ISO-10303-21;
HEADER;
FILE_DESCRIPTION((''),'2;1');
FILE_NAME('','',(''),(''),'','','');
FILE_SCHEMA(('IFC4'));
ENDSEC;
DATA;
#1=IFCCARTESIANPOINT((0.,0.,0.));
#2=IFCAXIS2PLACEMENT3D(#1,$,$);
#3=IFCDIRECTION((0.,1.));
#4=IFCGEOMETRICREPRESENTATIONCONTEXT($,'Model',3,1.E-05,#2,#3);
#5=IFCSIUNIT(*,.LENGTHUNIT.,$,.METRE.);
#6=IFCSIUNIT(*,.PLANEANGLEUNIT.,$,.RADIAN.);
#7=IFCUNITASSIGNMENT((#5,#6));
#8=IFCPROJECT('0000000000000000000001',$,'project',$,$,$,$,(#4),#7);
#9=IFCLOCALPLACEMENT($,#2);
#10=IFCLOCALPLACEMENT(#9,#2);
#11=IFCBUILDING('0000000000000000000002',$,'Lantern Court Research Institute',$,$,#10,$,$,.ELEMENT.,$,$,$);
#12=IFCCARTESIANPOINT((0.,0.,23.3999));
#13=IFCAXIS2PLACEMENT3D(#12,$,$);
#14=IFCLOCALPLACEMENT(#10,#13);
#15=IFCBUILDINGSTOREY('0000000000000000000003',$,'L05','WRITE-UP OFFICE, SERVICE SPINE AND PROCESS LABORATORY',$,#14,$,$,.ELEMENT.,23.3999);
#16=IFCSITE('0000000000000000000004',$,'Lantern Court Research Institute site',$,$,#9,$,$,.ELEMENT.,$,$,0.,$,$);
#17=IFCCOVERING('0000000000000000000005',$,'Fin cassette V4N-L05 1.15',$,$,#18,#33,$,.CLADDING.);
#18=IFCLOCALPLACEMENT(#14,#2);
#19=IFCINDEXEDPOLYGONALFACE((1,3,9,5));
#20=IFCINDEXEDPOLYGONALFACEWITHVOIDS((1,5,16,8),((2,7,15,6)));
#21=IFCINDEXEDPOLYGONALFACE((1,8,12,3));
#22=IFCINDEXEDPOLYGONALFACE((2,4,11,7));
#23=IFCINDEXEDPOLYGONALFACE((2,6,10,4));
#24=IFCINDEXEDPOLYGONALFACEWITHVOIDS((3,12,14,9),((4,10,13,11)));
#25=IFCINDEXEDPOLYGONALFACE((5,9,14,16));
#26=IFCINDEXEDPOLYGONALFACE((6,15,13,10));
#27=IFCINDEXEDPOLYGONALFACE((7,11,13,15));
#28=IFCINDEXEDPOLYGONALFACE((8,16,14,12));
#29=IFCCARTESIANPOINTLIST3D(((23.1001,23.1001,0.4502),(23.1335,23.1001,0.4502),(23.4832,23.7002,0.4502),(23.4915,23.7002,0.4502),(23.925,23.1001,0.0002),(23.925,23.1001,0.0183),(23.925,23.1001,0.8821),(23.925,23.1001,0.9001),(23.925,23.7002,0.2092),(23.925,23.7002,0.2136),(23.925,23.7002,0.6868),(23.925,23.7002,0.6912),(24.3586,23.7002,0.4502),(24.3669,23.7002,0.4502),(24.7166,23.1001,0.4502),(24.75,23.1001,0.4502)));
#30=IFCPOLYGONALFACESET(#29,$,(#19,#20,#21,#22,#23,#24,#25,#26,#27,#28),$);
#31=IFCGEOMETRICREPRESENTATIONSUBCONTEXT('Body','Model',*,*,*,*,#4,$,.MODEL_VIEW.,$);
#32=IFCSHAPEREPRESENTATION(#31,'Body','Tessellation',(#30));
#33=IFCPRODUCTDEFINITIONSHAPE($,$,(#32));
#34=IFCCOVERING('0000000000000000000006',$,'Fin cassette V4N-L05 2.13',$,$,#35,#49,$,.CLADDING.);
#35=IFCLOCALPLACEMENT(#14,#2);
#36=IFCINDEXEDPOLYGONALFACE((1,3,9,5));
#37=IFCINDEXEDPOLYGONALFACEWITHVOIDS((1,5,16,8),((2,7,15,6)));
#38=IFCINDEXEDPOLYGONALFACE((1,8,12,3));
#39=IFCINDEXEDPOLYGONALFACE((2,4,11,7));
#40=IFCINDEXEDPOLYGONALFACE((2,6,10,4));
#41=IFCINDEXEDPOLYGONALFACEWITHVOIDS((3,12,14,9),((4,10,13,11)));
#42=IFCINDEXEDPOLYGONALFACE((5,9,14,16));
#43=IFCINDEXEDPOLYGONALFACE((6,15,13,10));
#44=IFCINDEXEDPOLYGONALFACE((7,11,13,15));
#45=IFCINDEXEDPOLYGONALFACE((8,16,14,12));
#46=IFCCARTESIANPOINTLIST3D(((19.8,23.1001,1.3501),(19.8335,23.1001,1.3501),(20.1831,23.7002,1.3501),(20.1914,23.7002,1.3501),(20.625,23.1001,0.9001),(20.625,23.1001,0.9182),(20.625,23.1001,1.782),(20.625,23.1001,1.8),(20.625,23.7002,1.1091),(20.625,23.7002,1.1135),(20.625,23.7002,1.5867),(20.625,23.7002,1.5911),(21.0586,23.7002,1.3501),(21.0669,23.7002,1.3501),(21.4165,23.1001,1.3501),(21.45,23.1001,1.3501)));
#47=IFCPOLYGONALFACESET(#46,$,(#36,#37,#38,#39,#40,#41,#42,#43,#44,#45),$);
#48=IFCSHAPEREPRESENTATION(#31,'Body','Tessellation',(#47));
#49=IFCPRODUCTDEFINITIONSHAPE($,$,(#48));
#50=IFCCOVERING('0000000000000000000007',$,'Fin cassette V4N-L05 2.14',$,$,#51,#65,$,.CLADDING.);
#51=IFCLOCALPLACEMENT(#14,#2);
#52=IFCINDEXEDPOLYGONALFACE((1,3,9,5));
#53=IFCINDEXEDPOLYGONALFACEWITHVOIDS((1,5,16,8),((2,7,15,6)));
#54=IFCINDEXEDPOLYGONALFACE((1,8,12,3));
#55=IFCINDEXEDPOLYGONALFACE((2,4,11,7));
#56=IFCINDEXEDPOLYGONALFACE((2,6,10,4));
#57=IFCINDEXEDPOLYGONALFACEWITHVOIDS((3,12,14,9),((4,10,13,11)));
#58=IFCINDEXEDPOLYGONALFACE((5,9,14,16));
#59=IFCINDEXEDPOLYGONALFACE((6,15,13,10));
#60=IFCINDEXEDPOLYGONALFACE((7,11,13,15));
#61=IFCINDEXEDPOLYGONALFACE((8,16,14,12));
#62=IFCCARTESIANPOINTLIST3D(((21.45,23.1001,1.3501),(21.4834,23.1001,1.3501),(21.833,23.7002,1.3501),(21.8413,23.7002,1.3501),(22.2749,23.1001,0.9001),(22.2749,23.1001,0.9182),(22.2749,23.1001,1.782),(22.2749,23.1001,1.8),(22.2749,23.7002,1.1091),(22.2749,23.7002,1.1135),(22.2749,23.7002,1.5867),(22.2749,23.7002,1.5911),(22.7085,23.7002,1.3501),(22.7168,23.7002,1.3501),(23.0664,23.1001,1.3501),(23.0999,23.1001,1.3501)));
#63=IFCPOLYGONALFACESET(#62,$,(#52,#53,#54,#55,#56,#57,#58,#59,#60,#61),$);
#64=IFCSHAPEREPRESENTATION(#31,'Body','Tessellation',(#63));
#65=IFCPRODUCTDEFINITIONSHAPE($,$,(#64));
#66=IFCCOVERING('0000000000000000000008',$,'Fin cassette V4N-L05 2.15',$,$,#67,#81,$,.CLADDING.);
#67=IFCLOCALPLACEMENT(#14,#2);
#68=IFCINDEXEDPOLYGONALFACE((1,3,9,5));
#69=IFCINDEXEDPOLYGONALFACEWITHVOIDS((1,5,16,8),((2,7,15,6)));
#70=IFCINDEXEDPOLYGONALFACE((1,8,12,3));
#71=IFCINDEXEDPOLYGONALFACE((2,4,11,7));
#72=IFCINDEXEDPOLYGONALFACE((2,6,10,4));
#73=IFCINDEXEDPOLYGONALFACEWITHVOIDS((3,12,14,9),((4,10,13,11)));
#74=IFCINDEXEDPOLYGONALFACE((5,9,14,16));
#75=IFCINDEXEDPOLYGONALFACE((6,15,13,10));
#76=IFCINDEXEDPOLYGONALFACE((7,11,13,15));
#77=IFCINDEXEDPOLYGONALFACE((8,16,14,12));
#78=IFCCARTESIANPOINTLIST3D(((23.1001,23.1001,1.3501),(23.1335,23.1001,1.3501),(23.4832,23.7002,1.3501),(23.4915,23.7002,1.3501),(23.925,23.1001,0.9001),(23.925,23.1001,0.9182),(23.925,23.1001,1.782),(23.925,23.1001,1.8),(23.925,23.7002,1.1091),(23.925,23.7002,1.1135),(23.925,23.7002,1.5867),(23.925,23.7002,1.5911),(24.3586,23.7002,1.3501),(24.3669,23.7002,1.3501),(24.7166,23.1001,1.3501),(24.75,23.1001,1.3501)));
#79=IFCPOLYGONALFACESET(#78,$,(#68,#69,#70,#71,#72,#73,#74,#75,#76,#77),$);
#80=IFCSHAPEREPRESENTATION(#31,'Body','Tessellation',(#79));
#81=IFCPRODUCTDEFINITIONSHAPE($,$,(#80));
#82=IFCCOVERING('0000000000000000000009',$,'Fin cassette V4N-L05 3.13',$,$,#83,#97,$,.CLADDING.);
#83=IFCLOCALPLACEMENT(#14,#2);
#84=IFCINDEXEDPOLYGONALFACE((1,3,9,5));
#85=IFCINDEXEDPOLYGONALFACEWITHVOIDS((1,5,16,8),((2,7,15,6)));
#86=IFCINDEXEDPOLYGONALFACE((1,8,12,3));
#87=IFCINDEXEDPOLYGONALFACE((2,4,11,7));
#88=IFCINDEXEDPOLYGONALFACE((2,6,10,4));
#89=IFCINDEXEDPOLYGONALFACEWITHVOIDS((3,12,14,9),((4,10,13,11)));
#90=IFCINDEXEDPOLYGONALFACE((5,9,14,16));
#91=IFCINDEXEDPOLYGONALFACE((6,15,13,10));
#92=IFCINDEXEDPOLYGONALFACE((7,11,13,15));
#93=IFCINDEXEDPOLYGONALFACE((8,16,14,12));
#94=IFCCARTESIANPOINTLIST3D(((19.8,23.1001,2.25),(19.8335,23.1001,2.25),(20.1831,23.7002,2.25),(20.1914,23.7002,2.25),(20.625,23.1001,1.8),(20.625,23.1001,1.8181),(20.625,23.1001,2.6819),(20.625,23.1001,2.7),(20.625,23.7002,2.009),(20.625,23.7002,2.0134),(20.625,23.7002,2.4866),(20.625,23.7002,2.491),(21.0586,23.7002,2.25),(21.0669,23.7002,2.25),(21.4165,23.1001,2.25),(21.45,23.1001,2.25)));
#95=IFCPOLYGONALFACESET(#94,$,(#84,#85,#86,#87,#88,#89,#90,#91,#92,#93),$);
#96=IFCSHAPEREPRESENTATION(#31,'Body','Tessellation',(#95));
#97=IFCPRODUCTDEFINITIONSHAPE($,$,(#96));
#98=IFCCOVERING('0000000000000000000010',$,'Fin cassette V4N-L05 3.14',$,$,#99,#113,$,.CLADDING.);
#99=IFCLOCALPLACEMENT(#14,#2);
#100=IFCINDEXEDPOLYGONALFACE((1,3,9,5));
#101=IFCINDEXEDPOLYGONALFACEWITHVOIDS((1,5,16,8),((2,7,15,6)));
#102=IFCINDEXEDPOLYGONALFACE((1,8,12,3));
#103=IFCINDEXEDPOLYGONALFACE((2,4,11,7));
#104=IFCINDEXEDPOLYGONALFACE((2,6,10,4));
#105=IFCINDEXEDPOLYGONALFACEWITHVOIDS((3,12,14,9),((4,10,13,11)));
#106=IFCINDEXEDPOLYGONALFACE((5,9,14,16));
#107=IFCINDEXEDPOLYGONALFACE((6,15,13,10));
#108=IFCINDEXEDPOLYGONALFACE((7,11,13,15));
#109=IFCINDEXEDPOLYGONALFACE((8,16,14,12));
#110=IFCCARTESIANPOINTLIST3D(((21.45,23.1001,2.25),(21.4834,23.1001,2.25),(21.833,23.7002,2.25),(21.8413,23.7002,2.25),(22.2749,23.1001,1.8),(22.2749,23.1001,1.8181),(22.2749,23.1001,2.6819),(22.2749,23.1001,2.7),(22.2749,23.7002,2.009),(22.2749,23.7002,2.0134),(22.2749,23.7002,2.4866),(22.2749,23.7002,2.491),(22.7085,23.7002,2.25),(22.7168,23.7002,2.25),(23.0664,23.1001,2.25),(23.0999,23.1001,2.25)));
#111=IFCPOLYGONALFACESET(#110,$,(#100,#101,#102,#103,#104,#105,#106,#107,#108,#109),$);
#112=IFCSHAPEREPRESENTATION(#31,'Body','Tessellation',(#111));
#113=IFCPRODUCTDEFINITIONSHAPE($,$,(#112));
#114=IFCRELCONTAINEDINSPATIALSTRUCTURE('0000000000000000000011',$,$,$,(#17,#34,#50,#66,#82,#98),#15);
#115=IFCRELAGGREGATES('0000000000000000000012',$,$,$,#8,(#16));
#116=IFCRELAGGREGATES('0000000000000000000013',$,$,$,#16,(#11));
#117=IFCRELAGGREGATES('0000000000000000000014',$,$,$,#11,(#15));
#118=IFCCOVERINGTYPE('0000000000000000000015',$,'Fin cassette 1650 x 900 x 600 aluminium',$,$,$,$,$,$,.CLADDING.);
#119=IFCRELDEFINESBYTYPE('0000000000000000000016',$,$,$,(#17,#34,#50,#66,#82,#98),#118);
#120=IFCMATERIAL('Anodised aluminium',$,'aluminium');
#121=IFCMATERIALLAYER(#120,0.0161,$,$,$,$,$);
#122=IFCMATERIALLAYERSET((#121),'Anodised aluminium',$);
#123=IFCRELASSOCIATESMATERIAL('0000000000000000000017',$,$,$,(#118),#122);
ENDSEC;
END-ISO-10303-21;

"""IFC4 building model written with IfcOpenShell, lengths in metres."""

from ifc_helpers import new_model, entity, si_unit, direction, frame, origin, place, context, subcontext, project, spatial, material, layer, layer_set, type_object, element, save


model = new_model("IFC4")

# Units and contexts
model_context = context("Model", 3, precision=1e-05, world=origin(), true_north=direction((0.0, 1.0)))
body_context = subcontext(model_context, "Body", "Model", "MODEL_VIEW")
ifc_project = project(units=[si_unit("LENGTHUNIT", "METRE"), si_unit("PLANEANGLEUNIT", "RADIAN")], contexts=[model_context])

# Site, building, storey
site_placement = place(None, origin())
site = spatial("IfcSite", under=ifc_project, at=site_placement, Name="Lantern Court Research Institute site", CompositionType="ELEMENT", RefElevation=0.0)
building_placement = place(site_placement, origin())
building = spatial("IfcBuilding", under=site, at=building_placement, Name="Lantern Court Research Institute", CompositionType="ELEMENT")
storey_placement = place(building_placement, frame((0.0, 0.0, 23.3999)))
storey = spatial("IfcBuildingStorey", under=building, at=storey_placement, Name="L05", Description="WRITE-UP OFFICE, SERVICE SPINE AND PROCESS LABORATORY", CompositionType="ELEMENT", Elevation=23.3999)

# Coverings
ifc_material_1 = material(Name="Anodised aluminium", Category="aluminium")
ifc_layer_1 = layer(ifc_material_1, 0.0161)
ifc_layer_set_1 = layer_set([ifc_layer_1], Name="Anodised aluminium")
covering_type = type_object("IfcCoveringType", Name="Fin cassette 1650 x 900 x 600 aluminium", PredefinedType="CLADDING", material=ifc_layer_set_1)
covering_1_placement = place(storey_placement, frame((23.925, 23.1001, 0.4502), z_axis=(0.0, 1.0, 0.0), x_axis=(-1.0, 0.0, 0.0)))
cartesian_point_1 = entity("IfcCartesianPoint", [0.825, 0.0])
cartesian_point_2 = entity("IfcCartesianPoint", [0.7915, 0.0])
cartesian_point_3 = entity("IfcCartesianPoint", [0.4419, 0.0])
cartesian_point_4 = entity("IfcCartesianPoint", [0.4336, 0.0])
element("IfcCovering", 1, at=covering_1_placement, inside=storey, type_object=covering_type, Name="Fin cassette V4N-L05 1.15", PredefinedType="CLADDING", context=body_context, shape_type="SweptSolid", body=[
    entity("IfcExtrudedAreaSolidTapered", entity("IfcArbitraryProfileDefWithVoids", "AREA", None, entity("IfcPolyline", [cartesian_point_1, entity("IfcCartesianPoint", [0.0, 0.45]), entity("IfcCartesianPoint", [-0.825, 0.0]), entity("IfcCartesianPoint", [0.0, -0.45]), cartesian_point_1]), [entity("IfcPolyline", [cartesian_point_2, entity("IfcCartesianPoint", [0.0, 0.4319]), entity("IfcCartesianPoint", [-0.7915, 0.0]), entity("IfcCartesianPoint", [0.0, -0.4319]), cartesian_point_2])]), entity("IfcAxis2Placement3D", entity("IfcCartesianPoint", [0.0, 0.0, 0.0])), entity("IfcDirection", [0.0, 0.0, 1.0]), 0.6001, entity("IfcArbitraryProfileDefWithVoids", "AREA", None, entity("IfcPolyline", [cartesian_point_3, entity("IfcCartesianPoint", [0.0, 0.241]), entity("IfcCartesianPoint", [-0.4419, 0.0]), entity("IfcCartesianPoint", [0.0, -0.241]), cartesian_point_3]), [entity("IfcPolyline", [cartesian_point_4, entity("IfcCartesianPoint", [0.0, 0.2366]), entity("IfcCartesianPoint", [-0.4336, 0.0]), entity("IfcCartesianPoint", [0.0, -0.2366]), cartesian_point_4])])),
])
covering_2_placement = place(storey_placement, frame((20.625, 23.1001, 1.3501), z_axis=(0.0, 1.0, 0.0), x_axis=(-1.0, 0.0, 0.0)))
cartesian_point_5 = entity("IfcCartesianPoint", [0.825, 0.0])
cartesian_point_6 = entity("IfcCartesianPoint", [0.7915, 0.0])
cartesian_point_7 = entity("IfcCartesianPoint", [0.4419, 0.0])
cartesian_point_8 = entity("IfcCartesianPoint", [0.4336, 0.0])
element("IfcCovering", 2, at=covering_2_placement, inside=storey, type_object=covering_type, Name="Fin cassette V4N-L05 2.13", PredefinedType="CLADDING", context=body_context, shape_type="SweptSolid", body=[
    entity("IfcExtrudedAreaSolidTapered", entity("IfcArbitraryProfileDefWithVoids", "AREA", None, entity("IfcPolyline", [cartesian_point_5, entity("IfcCartesianPoint", [0.0, 0.45]), entity("IfcCartesianPoint", [-0.825, 0.0]), entity("IfcCartesianPoint", [0.0, -0.45]), cartesian_point_5]), [entity("IfcPolyline", [cartesian_point_6, entity("IfcCartesianPoint", [0.0, 0.4319]), entity("IfcCartesianPoint", [-0.7915, 0.0]), entity("IfcCartesianPoint", [0.0, -0.4319]), cartesian_point_6])]), entity("IfcAxis2Placement3D", entity("IfcCartesianPoint", [0.0, 0.0, 0.0])), entity("IfcDirection", [0.0, 0.0, 1.0]), 0.6001, entity("IfcArbitraryProfileDefWithVoids", "AREA", None, entity("IfcPolyline", [cartesian_point_7, entity("IfcCartesianPoint", [0.0, 0.241]), entity("IfcCartesianPoint", [-0.4419, 0.0]), entity("IfcCartesianPoint", [0.0, -0.241]), cartesian_point_7]), [entity("IfcPolyline", [cartesian_point_8, entity("IfcCartesianPoint", [0.0, 0.2366]), entity("IfcCartesianPoint", [-0.4336, 0.0]), entity("IfcCartesianPoint", [0.0, -0.2366]), cartesian_point_8])])),
])
covering_3_placement = place(storey_placement, frame((22.2749, 23.1001, 1.3501), z_axis=(0.0, 1.0, 0.0), x_axis=(-1.0, 0.0, 0.0)))
cartesian_point_9 = entity("IfcCartesianPoint", [0.825, 0.0])
cartesian_point_10 = entity("IfcCartesianPoint", [0.7915, 0.0])
cartesian_point_11 = entity("IfcCartesianPoint", [0.4419, 0.0])
cartesian_point_12 = entity("IfcCartesianPoint", [0.4336, 0.0])
element("IfcCovering", 3, at=covering_3_placement, inside=storey, type_object=covering_type, Name="Fin cassette V4N-L05 2.14", PredefinedType="CLADDING", context=body_context, shape_type="SweptSolid", body=[
    entity("IfcExtrudedAreaSolidTapered", entity("IfcArbitraryProfileDefWithVoids", "AREA", None, entity("IfcPolyline", [cartesian_point_9, entity("IfcCartesianPoint", [0.0, 0.45]), entity("IfcCartesianPoint", [-0.825, 0.0]), entity("IfcCartesianPoint", [0.0, -0.45]), cartesian_point_9]), [entity("IfcPolyline", [cartesian_point_10, entity("IfcCartesianPoint", [0.0, 0.4319]), entity("IfcCartesianPoint", [-0.7915, 0.0]), entity("IfcCartesianPoint", [0.0, -0.4319]), cartesian_point_10])]), entity("IfcAxis2Placement3D", entity("IfcCartesianPoint", [0.0, 0.0, 0.0])), entity("IfcDirection", [0.0, 0.0, 1.0]), 0.6001, entity("IfcArbitraryProfileDefWithVoids", "AREA", None, entity("IfcPolyline", [cartesian_point_11, entity("IfcCartesianPoint", [0.0, 0.241]), entity("IfcCartesianPoint", [-0.4419, 0.0]), entity("IfcCartesianPoint", [0.0, -0.241]), cartesian_point_11]), [entity("IfcPolyline", [cartesian_point_12, entity("IfcCartesianPoint", [0.0, 0.2366]), entity("IfcCartesianPoint", [-0.4336, 0.0]), entity("IfcCartesianPoint", [0.0, -0.2366]), cartesian_point_12])])),
])
covering_4_placement = place(storey_placement, frame((23.925, 23.1001, 1.3501), z_axis=(0.0, 1.0, 0.0), x_axis=(-1.0, 0.0, 0.0)))
cartesian_point_13 = entity("IfcCartesianPoint", [0.825, 0.0])
cartesian_point_14 = entity("IfcCartesianPoint", [0.7915, 0.0])
cartesian_point_15 = entity("IfcCartesianPoint", [0.4419, 0.0])
cartesian_point_16 = entity("IfcCartesianPoint", [0.4336, 0.0])
element("IfcCovering", 4, at=covering_4_placement, inside=storey, type_object=covering_type, Name="Fin cassette V4N-L05 2.15", PredefinedType="CLADDING", context=body_context, shape_type="SweptSolid", body=[
    entity("IfcExtrudedAreaSolidTapered", entity("IfcArbitraryProfileDefWithVoids", "AREA", None, entity("IfcPolyline", [cartesian_point_13, entity("IfcCartesianPoint", [0.0, 0.45]), entity("IfcCartesianPoint", [-0.825, 0.0]), entity("IfcCartesianPoint", [0.0, -0.45]), cartesian_point_13]), [entity("IfcPolyline", [cartesian_point_14, entity("IfcCartesianPoint", [0.0, 0.4319]), entity("IfcCartesianPoint", [-0.7915, 0.0]), entity("IfcCartesianPoint", [0.0, -0.4319]), cartesian_point_14])]), entity("IfcAxis2Placement3D", entity("IfcCartesianPoint", [0.0, 0.0, 0.0])), entity("IfcDirection", [0.0, 0.0, 1.0]), 0.6001, entity("IfcArbitraryProfileDefWithVoids", "AREA", None, entity("IfcPolyline", [cartesian_point_15, entity("IfcCartesianPoint", [0.0, 0.241]), entity("IfcCartesianPoint", [-0.4419, 0.0]), entity("IfcCartesianPoint", [0.0, -0.241]), cartesian_point_15]), [entity("IfcPolyline", [cartesian_point_16, entity("IfcCartesianPoint", [0.0, 0.2366]), entity("IfcCartesianPoint", [-0.4336, 0.0]), entity("IfcCartesianPoint", [0.0, -0.2366]), cartesian_point_16])])),
])
covering_5_placement = place(storey_placement, frame((20.625, 23.1001, 2.25), z_axis=(0.0, 1.0, 0.0), x_axis=(-1.0, 0.0, 0.0)))
cartesian_point_17 = entity("IfcCartesianPoint", [0.825, 0.0])
cartesian_point_18 = entity("IfcCartesianPoint", [0.7915, 0.0])
cartesian_point_19 = entity("IfcCartesianPoint", [0.4419, 0.0])
cartesian_point_20 = entity("IfcCartesianPoint", [0.4336, 0.0])
element("IfcCovering", 5, at=covering_5_placement, inside=storey, type_object=covering_type, Name="Fin cassette V4N-L05 3.13", PredefinedType="CLADDING", context=body_context, shape_type="SweptSolid", body=[
    entity("IfcExtrudedAreaSolidTapered", entity("IfcArbitraryProfileDefWithVoids", "AREA", None, entity("IfcPolyline", [cartesian_point_17, entity("IfcCartesianPoint", [0.0, 0.45]), entity("IfcCartesianPoint", [-0.825, 0.0]), entity("IfcCartesianPoint", [0.0, -0.45]), cartesian_point_17]), [entity("IfcPolyline", [cartesian_point_18, entity("IfcCartesianPoint", [0.0, 0.4319]), entity("IfcCartesianPoint", [-0.7915, 0.0]), entity("IfcCartesianPoint", [0.0, -0.4319]), cartesian_point_18])]), entity("IfcAxis2Placement3D", entity("IfcCartesianPoint", [0.0, 0.0, 0.0])), entity("IfcDirection", [0.0, 0.0, 1.0]), 0.6001, entity("IfcArbitraryProfileDefWithVoids", "AREA", None, entity("IfcPolyline", [cartesian_point_19, entity("IfcCartesianPoint", [0.0, 0.241]), entity("IfcCartesianPoint", [-0.4419, 0.0]), entity("IfcCartesianPoint", [0.0, -0.241]), cartesian_point_19]), [entity("IfcPolyline", [cartesian_point_20, entity("IfcCartesianPoint", [0.0, 0.2366]), entity("IfcCartesianPoint", [-0.4336, 0.0]), entity("IfcCartesianPoint", [0.0, -0.2366]), cartesian_point_20])])),
])
covering_6_placement = place(storey_placement, frame((22.2749, 23.1001, 2.25), z_axis=(0.0, 1.0, 0.0), x_axis=(-1.0, 0.0, 0.0)))
cartesian_point_21 = entity("IfcCartesianPoint", [0.825, 0.0])
cartesian_point_22 = entity("IfcCartesianPoint", [0.7915, 0.0])
cartesian_point_23 = entity("IfcCartesianPoint", [0.4419, 0.0])
cartesian_point_24 = entity("IfcCartesianPoint", [0.4336, 0.0])
element("IfcCovering", 6, at=covering_6_placement, inside=storey, type_object=covering_type, Name="Fin cassette V4N-L05 3.14", PredefinedType="CLADDING", context=body_context, shape_type="SweptSolid", body=[
    entity("IfcExtrudedAreaSolidTapered", entity("IfcArbitraryProfileDefWithVoids", "AREA", None, entity("IfcPolyline", [cartesian_point_21, entity("IfcCartesianPoint", [0.0, 0.45]), entity("IfcCartesianPoint", [-0.825, 0.0]), entity("IfcCartesianPoint", [0.0, -0.45]), cartesian_point_21]), [entity("IfcPolyline", [cartesian_point_22, entity("IfcCartesianPoint", [0.0, 0.4319]), entity("IfcCartesianPoint", [-0.7915, 0.0]), entity("IfcCartesianPoint", [0.0, -0.4319]), cartesian_point_22])]), entity("IfcAxis2Placement3D", entity("IfcCartesianPoint", [0.0, 0.0, 0.0])), entity("IfcDirection", [0.0, 0.0, 1.0]), 0.6001, entity("IfcArbitraryProfileDefWithVoids", "AREA", None, entity("IfcPolyline", [cartesian_point_23, entity("IfcCartesianPoint", [0.0, 0.241]), entity("IfcCartesianPoint", [-0.4419, 0.0]), entity("IfcCartesianPoint", [0.0, -0.241]), cartesian_point_23]), [entity("IfcPolyline", [cartesian_point_24, entity("IfcCartesianPoint", [0.0, 0.2366]), entity("IfcCartesianPoint", [-0.4336, 0.0]), entity("IfcCartesianPoint", [0.0, -0.2366]), cartesian_point_24])])),
])

save(model, "model.ifc")
